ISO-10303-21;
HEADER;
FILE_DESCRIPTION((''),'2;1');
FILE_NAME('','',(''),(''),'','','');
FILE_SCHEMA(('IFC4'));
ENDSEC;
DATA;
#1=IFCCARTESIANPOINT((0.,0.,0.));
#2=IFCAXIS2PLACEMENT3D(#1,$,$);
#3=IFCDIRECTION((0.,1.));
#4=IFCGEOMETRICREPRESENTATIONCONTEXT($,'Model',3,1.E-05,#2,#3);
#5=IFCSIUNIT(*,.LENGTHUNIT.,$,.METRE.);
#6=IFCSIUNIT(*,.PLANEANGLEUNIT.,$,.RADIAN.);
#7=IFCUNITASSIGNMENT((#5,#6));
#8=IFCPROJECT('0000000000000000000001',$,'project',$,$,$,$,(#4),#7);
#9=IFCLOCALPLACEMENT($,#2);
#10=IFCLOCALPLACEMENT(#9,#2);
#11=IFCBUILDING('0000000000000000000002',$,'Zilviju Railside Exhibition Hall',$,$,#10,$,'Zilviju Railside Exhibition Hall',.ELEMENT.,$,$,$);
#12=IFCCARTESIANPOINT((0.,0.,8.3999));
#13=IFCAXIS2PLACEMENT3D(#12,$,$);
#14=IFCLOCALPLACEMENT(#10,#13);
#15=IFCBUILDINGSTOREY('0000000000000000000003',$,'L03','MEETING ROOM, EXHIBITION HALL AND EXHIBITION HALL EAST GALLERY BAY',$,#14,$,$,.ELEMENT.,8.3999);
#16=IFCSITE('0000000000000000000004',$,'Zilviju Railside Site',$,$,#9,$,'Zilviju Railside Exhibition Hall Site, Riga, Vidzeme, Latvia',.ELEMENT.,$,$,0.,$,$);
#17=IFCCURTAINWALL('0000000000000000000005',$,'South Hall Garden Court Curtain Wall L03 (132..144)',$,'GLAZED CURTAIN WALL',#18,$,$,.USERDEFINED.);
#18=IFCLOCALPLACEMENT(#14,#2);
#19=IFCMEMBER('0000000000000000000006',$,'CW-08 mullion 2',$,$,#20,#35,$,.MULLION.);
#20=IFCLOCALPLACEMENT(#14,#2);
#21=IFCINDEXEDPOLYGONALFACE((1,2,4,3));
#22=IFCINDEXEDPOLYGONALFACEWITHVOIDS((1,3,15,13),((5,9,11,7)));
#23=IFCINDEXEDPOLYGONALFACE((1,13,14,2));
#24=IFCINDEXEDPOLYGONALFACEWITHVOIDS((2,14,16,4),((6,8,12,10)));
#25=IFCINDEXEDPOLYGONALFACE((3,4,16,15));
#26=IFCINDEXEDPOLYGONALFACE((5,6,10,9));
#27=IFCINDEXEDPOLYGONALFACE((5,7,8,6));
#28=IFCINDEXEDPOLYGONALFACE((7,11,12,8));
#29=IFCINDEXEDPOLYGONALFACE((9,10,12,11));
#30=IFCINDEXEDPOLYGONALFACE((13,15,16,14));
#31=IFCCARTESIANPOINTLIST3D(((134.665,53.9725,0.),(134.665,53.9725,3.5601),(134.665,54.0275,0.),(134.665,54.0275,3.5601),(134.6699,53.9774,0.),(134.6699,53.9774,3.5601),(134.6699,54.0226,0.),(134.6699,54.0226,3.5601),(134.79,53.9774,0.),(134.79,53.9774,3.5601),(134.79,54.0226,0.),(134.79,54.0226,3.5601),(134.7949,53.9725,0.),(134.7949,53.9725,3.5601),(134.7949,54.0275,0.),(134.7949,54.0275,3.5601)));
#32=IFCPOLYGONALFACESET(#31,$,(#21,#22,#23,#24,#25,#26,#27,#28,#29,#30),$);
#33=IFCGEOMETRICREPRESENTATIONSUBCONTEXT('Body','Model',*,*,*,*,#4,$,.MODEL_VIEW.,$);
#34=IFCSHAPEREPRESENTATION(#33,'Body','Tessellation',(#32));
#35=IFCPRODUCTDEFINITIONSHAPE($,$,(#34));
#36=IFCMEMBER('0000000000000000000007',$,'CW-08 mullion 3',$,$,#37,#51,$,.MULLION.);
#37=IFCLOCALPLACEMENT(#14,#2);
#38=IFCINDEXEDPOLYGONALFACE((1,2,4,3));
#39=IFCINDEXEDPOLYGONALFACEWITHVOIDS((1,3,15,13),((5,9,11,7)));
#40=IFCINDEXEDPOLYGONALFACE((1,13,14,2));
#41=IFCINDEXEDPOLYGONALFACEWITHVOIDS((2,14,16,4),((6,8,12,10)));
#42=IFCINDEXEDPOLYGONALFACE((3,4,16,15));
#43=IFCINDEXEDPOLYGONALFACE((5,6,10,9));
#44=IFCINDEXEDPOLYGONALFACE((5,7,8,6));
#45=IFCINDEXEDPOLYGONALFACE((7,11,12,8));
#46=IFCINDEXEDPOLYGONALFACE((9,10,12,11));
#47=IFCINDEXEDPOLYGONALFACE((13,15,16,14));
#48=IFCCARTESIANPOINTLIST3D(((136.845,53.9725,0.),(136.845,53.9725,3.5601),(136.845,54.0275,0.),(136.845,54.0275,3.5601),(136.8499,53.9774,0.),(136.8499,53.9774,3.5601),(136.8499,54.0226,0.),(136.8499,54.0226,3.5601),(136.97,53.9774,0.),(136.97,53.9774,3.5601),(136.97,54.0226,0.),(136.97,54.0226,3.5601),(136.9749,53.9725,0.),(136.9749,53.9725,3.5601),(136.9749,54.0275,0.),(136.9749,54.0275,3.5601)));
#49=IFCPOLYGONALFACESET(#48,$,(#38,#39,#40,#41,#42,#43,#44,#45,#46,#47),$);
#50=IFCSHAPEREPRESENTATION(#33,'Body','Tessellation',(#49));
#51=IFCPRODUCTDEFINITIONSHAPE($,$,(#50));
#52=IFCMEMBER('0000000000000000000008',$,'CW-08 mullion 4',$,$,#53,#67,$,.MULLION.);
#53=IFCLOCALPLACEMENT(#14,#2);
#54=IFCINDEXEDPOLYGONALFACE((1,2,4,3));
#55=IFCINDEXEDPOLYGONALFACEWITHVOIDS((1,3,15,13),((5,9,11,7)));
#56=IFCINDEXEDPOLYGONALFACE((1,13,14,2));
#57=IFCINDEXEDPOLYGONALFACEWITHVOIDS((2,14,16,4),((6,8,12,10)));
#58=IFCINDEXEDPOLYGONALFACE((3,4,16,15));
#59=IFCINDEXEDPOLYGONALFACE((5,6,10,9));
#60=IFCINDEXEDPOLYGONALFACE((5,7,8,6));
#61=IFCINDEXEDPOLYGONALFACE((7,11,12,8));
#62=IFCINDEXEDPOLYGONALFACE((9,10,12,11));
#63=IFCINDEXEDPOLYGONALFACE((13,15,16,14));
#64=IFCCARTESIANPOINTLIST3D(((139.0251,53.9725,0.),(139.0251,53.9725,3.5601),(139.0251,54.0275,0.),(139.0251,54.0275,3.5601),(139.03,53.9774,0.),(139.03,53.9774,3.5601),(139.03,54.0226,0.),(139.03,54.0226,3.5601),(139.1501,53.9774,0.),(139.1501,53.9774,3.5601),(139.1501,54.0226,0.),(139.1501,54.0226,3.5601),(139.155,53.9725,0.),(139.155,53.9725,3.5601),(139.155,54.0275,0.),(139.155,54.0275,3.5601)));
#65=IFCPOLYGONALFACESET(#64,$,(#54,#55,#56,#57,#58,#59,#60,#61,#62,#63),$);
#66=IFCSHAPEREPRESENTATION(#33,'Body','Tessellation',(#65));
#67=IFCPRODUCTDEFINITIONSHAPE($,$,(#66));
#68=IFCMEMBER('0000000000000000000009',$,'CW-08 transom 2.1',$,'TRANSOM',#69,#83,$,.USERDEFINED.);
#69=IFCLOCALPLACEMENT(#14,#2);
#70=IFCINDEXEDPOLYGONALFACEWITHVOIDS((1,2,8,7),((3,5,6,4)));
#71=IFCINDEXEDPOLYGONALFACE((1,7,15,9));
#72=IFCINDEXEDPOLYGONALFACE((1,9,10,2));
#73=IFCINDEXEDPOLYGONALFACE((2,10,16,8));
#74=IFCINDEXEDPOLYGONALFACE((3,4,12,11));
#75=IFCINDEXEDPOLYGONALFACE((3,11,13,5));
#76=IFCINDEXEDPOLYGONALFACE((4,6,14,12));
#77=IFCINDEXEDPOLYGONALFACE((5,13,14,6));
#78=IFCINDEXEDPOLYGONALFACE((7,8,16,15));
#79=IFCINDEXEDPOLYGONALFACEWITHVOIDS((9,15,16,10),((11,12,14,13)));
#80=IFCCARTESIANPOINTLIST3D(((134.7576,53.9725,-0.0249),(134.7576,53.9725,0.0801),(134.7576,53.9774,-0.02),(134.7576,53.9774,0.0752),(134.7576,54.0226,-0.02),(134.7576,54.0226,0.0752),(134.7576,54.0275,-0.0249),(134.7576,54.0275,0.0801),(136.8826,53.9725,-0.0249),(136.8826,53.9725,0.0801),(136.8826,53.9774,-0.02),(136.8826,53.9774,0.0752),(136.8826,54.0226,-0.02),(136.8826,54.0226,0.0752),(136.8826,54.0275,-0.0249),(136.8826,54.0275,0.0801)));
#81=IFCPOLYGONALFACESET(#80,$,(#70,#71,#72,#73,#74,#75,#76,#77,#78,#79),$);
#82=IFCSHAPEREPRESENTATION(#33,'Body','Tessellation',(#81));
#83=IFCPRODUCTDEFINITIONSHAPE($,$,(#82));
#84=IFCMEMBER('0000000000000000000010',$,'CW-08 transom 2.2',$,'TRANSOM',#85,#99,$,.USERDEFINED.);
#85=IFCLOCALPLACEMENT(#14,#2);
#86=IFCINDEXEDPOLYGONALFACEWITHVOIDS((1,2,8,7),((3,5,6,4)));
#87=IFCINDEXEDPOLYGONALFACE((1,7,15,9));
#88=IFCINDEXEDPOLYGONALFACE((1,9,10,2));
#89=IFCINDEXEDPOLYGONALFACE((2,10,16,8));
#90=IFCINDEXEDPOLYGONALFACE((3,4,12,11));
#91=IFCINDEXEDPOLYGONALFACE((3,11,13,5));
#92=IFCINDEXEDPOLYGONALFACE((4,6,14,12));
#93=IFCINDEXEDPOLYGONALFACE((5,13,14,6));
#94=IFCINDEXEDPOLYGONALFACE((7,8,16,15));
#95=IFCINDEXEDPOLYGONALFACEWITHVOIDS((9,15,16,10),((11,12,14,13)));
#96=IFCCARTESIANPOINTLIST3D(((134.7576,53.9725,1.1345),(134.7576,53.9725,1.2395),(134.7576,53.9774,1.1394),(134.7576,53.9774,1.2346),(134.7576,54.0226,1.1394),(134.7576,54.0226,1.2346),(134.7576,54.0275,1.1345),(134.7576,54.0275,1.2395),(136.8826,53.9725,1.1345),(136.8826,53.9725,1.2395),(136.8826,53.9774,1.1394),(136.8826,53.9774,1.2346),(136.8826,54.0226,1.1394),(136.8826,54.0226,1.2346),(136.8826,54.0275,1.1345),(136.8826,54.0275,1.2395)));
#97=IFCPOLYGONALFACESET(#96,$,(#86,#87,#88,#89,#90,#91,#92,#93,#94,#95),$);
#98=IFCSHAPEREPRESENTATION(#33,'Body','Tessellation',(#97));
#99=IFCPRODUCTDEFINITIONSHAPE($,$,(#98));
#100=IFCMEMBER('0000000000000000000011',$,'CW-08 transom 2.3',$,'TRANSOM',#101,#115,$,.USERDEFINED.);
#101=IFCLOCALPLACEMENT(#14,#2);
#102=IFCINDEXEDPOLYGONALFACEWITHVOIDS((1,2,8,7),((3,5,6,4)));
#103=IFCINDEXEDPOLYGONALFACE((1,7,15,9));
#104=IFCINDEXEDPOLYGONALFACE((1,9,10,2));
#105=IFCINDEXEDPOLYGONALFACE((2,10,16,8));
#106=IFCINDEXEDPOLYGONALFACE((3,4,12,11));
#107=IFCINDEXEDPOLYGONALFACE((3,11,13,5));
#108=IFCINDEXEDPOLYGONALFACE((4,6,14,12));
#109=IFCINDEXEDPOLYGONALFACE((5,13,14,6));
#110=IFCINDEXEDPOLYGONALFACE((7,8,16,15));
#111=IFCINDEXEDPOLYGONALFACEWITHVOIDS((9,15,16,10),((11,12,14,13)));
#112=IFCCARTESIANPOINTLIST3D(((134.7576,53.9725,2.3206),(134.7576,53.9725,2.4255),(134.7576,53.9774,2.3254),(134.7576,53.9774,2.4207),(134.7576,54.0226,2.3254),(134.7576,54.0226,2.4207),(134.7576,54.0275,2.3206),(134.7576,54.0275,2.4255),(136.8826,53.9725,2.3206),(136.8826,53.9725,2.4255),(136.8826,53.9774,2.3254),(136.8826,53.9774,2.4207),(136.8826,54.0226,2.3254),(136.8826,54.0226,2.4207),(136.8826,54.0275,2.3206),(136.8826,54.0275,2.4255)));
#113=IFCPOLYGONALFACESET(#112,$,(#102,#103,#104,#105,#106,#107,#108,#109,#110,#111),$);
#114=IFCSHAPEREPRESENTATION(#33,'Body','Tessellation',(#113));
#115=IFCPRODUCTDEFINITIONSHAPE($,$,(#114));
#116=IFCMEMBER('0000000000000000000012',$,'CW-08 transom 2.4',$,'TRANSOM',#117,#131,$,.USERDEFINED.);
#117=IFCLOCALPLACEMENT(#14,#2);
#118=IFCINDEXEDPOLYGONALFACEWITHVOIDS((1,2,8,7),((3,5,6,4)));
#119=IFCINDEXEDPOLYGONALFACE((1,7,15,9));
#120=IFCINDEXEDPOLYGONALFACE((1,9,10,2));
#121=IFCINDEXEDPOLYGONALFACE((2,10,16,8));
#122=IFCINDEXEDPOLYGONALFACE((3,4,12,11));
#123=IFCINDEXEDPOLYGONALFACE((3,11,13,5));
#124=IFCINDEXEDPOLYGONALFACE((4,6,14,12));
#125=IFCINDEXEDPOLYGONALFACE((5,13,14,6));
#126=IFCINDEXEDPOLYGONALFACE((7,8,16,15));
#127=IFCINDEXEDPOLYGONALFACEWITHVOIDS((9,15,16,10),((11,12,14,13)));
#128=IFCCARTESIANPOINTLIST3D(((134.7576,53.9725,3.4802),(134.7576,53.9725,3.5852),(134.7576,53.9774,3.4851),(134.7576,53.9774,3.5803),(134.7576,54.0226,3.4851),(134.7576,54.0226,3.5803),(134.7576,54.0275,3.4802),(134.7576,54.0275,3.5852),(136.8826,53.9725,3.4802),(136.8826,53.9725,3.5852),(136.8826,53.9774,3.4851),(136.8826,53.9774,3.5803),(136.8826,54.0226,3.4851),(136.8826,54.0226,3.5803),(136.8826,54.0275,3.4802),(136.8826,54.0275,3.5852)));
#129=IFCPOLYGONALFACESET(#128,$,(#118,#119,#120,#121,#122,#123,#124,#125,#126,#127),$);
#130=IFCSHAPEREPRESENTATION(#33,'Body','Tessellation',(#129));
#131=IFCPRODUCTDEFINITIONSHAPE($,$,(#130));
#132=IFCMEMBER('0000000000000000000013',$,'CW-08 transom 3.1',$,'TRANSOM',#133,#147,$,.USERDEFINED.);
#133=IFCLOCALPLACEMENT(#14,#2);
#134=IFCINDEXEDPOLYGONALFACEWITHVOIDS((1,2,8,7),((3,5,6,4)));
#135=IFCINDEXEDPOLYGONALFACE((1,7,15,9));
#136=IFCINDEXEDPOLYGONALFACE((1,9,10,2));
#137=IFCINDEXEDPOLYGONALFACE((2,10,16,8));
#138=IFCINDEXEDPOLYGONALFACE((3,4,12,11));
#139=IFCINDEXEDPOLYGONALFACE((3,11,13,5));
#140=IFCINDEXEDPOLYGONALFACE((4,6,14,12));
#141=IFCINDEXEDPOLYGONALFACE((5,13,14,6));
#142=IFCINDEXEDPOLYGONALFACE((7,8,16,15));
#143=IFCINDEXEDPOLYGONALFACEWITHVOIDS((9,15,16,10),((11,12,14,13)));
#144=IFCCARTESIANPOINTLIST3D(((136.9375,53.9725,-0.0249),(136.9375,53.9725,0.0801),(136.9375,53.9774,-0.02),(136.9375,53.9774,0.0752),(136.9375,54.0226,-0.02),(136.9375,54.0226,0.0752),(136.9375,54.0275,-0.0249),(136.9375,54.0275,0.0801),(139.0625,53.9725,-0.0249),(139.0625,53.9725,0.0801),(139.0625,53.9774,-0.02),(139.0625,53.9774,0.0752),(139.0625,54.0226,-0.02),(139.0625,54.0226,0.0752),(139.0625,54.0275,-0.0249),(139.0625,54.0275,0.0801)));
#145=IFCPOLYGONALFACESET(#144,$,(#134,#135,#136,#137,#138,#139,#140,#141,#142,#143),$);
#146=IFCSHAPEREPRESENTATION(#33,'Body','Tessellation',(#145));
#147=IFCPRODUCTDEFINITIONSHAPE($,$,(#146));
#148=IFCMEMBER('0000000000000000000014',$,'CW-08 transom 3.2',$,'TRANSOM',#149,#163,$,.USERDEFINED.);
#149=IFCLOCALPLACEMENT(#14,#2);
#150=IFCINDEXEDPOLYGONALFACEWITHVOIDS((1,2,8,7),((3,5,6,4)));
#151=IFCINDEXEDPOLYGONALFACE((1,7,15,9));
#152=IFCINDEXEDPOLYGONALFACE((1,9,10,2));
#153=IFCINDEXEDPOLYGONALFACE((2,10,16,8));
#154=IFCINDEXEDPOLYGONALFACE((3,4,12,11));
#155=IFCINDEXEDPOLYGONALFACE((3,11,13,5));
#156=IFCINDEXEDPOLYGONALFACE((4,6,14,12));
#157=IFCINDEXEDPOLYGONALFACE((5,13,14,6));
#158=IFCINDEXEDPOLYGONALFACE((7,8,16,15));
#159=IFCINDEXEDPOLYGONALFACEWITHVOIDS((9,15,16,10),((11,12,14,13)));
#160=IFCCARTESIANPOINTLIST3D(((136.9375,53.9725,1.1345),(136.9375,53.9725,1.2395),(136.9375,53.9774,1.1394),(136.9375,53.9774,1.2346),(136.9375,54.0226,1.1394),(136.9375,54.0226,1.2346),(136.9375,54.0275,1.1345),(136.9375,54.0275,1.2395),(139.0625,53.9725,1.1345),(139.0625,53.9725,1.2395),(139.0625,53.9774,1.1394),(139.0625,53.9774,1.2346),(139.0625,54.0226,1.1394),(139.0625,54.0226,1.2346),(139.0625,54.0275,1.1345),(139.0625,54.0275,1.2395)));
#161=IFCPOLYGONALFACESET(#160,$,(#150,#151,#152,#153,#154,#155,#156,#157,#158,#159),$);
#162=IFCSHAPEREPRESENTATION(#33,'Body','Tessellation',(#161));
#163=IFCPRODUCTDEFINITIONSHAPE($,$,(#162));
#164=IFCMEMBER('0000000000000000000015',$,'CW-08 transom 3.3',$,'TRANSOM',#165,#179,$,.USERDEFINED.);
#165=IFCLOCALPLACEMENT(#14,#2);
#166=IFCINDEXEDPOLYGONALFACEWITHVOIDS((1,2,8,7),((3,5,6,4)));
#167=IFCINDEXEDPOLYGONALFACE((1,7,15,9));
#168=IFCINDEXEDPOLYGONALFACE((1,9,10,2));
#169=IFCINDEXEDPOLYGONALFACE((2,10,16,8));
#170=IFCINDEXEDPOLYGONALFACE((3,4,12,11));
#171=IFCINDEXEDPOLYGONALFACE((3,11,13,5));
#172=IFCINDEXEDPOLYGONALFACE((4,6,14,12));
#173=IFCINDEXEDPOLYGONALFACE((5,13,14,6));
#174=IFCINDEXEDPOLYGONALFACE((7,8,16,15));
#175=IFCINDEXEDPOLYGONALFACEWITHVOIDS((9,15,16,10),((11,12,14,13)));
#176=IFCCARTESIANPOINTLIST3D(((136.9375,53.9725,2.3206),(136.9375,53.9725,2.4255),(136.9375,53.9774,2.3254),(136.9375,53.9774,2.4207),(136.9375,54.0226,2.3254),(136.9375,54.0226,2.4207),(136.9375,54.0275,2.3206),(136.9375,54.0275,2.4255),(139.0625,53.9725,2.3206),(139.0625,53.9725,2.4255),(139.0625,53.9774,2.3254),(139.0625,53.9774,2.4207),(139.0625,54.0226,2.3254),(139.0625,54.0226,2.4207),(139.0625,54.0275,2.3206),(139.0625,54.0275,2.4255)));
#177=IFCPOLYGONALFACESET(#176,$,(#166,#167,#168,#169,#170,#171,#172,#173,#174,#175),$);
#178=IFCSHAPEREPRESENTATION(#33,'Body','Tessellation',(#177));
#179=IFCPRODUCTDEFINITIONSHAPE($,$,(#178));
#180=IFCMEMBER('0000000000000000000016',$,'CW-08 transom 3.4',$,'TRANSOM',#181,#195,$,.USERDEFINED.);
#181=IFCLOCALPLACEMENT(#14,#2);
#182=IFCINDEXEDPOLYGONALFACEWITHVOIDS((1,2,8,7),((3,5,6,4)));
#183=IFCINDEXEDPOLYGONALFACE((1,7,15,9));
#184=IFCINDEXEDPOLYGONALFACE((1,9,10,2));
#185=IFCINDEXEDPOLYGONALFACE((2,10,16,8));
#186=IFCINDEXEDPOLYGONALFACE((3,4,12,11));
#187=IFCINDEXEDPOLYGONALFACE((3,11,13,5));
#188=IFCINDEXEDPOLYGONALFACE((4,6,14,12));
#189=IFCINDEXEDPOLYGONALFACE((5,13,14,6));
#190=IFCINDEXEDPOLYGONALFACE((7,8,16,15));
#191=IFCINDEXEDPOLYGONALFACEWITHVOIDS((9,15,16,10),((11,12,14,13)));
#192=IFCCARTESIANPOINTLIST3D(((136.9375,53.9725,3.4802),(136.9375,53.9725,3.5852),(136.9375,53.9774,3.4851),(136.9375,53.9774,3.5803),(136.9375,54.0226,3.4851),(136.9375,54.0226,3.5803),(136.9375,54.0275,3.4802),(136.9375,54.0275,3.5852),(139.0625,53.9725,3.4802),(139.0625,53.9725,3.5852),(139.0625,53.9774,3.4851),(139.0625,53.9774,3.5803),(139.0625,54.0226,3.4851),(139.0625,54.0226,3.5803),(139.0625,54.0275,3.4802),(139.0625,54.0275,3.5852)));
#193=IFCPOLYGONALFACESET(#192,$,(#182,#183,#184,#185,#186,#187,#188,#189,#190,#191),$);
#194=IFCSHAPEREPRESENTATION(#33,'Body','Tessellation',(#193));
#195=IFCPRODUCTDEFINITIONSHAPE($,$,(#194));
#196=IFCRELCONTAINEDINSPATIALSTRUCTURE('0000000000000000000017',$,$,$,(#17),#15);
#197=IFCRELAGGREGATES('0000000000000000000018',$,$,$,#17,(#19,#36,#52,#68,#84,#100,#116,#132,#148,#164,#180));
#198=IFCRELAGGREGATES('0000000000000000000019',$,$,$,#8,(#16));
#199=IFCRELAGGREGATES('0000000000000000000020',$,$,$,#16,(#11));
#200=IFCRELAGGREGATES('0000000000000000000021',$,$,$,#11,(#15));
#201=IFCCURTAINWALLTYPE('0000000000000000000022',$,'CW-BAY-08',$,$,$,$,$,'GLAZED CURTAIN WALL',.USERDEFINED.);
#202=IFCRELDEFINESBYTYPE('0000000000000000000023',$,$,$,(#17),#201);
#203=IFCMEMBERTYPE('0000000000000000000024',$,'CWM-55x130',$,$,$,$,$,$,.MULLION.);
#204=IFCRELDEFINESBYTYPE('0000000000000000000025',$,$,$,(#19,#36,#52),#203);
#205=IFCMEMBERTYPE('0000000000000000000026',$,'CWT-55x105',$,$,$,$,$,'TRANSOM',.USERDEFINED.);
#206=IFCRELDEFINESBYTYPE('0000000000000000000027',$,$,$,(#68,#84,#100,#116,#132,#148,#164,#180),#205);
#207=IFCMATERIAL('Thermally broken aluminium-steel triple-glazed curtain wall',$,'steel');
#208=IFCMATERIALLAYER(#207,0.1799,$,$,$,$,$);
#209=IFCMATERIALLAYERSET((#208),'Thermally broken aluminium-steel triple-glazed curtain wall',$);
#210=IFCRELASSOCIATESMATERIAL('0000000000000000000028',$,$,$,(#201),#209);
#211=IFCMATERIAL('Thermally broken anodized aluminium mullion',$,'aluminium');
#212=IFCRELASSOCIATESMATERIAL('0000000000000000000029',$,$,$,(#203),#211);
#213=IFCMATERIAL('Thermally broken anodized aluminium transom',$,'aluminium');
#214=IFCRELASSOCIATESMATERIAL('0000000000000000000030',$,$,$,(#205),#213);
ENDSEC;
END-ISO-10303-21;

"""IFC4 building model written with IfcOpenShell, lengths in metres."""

from ifc_helpers import new_model, si_unit, direction, frame, origin, origin_2d, place, context, subcontext, project, spatial, hollow_rectangle, extrude, material, layer, layer_set, material_profile, profile_set, type_object, element, aggregate, save


model = new_model("IFC4")

# Units and contexts
model_context = context("Model", 3, precision=1e-05, world=origin(), true_north=direction((0.0, 1.0)))
body_context = subcontext(model_context, "Body", "Model", "MODEL_VIEW")
ifc_project = project(units=[si_unit("LENGTHUNIT", "METRE"), si_unit("PLANEANGLEUNIT", "RADIAN")], contexts=[model_context])

# Site, building, storey
site_placement = place(None, origin())
site = spatial("IfcSite", under=ifc_project, at=site_placement, Name="Zilviju Railside Site", LongName="Zilviju Railside Exhibition Hall Site, Riga, Vidzeme, Latvia", CompositionType="ELEMENT", RefElevation=0.0)
building_placement = place(site_placement, origin())
building = spatial("IfcBuilding", under=site, at=building_placement, Name="Zilviju Railside Exhibition Hall", LongName="Zilviju Railside Exhibition Hall", CompositionType="ELEMENT")
storey_placement = place(building_placement, frame((0.0, 0.0, 8.3999)))
storey = spatial("IfcBuildingStorey", under=building, at=storey_placement, Name="L03", Description="MEETING ROOM, EXHIBITION HALL AND EXHIBITION HALL EAST GALLERY BAY", CompositionType="ELEMENT", Elevation=8.3999)

# Curtain wall, members
ifc_material_1 = material(Name="Thermally broken aluminium-steel triple-glazed curtain wall", Category="steel")
ifc_layer_1 = layer(ifc_material_1, 0.1799)
ifc_layer_set_1 = layer_set([ifc_layer_1], Name="Thermally broken aluminium-steel triple-glazed curtain wall")
curtain_wall_type = type_object("IfcCurtainWallType", Name="CW-BAY-08", ElementType="GLAZED CURTAIN WALL", PredefinedType="USERDEFINED", material=ifc_layer_set_1)
curtain_wall_placement = place(storey_placement, origin())
curtain_wall = element("IfcCurtainWall", 1, at=curtain_wall_placement, inside=storey, type_object=curtain_wall_type, Name="South Hall Garden Court Curtain Wall L03 (132..144)", ObjectType="GLAZED CURTAIN WALL", PredefinedType="USERDEFINED")
ifc_material_2 = material(Name="Thermally broken anodized aluminium mullion", Category="aluminium")
ifc_material_profile_1 = material_profile(ifc_material_2, hollow_rectangle(XDim=0.0549, YDim=0.1299, WallThickness=0.0049, at=origin_2d()), Name="MULLION 130x55x5")
ifc_profile_set_1 = profile_set([ifc_material_profile_1], Name="Thermally broken anodized aluminium mullion")
member_type_1 = type_object("IfcMemberType", Name="CWM-55x130", PredefinedType="MULLION", material=ifc_profile_set_1)
member_1_placement = place(storey_placement, frame((134.73, 54.0, 0.0), z_axis=(0.0, 0.0, 1.0), x_axis=(0.0, 1.0, 0.0)))
member_1 = element("IfcMember", 2, at=member_1_placement, type_object=member_type_1, Name="CW-08 mullion 2", PredefinedType="MULLION", context=body_context, shape_type="SweptSolid", body=[
    extrude(hollow_rectangle(XDim=0.0549, YDim=0.1299, WallThickness=0.0049, at=origin_2d()), origin(), (0.0, 0.0, 1.0), 3.5601),
])
member_2_placement = place(storey_placement, frame((136.9099, 54.0, 0.0), z_axis=(0.0, 0.0, 1.0), x_axis=(0.0, 1.0, 0.0)))
member_2 = element("IfcMember", 3, at=member_2_placement, type_object=member_type_1, Name="CW-08 mullion 3", PredefinedType="MULLION", context=body_context, shape_type="SweptSolid", body=[
    extrude(hollow_rectangle(XDim=0.0549, YDim=0.1299, WallThickness=0.0049, at=origin_2d()), origin(), (0.0, 0.0, 1.0), 3.5601),
])
member_3_placement = place(storey_placement, frame((139.0901, 54.0, 0.0), z_axis=(0.0, 0.0, 1.0), x_axis=(0.0, 1.0, 0.0)))
member_3 = element("IfcMember", 4, at=member_3_placement, type_object=member_type_1, Name="CW-08 mullion 4", PredefinedType="MULLION", context=body_context, shape_type="SweptSolid", body=[
    extrude(hollow_rectangle(XDim=0.0549, YDim=0.1299, WallThickness=0.0049, at=origin_2d()), origin(), (0.0, 0.0, 1.0), 3.5601),
])
ifc_material_3 = material(Name="Thermally broken anodized aluminium transom", Category="aluminium")
ifc_material_profile_2 = material_profile(ifc_material_3, hollow_rectangle(XDim=0.0549, YDim=0.105, WallThickness=0.0049, at=origin_2d()), Name="TRANSOM 105x55x5")
ifc_profile_set_2 = profile_set([ifc_material_profile_2], Name="Thermally broken anodized aluminium transom")
member_type_2 = type_object("IfcMemberType", Name="CWT-55x105", ElementType="TRANSOM", PredefinedType="USERDEFINED", material=ifc_profile_set_2)
member_4_placement = place(storey_placement, frame((134.7576, 54.0, 0.0276), z_axis=(1.0, 0.0, 0.0), x_axis=(0.0, 1.0, 0.0)))
member_4 = element("IfcMember", 5, at=member_4_placement, type_object=member_type_2, Name="CW-08 transom 2.1", ObjectType="TRANSOM", PredefinedType="USERDEFINED", context=body_context, shape_type="SweptSolid", body=[
    extrude(hollow_rectangle(XDim=0.0549, YDim=0.105, WallThickness=0.0049, at=origin_2d()), origin(), (0.0, 0.0, 1.0), 2.125),
])
member_5_placement = place(storey_placement, frame((134.7576, 54.0, 1.187), z_axis=(1.0, 0.0, 0.0), x_axis=(0.0, 1.0, 0.0)))
member_5 = element("IfcMember", 6, at=member_5_placement, type_object=member_type_2, Name="CW-08 transom 2.2", ObjectType="TRANSOM", PredefinedType="USERDEFINED", context=body_context, shape_type="SweptSolid", body=[
    extrude(hollow_rectangle(XDim=0.0549, YDim=0.105, WallThickness=0.0049, at=origin_2d()), origin(), (0.0, 0.0, 1.0), 2.125),
])
member_6_placement = place(storey_placement, frame((134.7576, 54.0, 2.373), z_axis=(1.0, 0.0, 0.0), x_axis=(0.0, 1.0, 0.0)))
member_6 = element("IfcMember", 7, at=member_6_placement, type_object=member_type_2, Name="CW-08 transom 2.3", ObjectType="TRANSOM", PredefinedType="USERDEFINED", context=body_context, shape_type="SweptSolid", body=[
    extrude(hollow_rectangle(XDim=0.0549, YDim=0.105, WallThickness=0.0049, at=origin_2d()), origin(), (0.0, 0.0, 1.0), 2.125),
])
member_7_placement = place(storey_placement, frame((134.7576, 54.0, 3.5327), z_axis=(1.0, 0.0, 0.0), x_axis=(0.0, 1.0, 0.0)))
member_7 = element("IfcMember", 8, at=member_7_placement, type_object=member_type_2, Name="CW-08 transom 2.4", ObjectType="TRANSOM", PredefinedType="USERDEFINED", context=body_context, shape_type="SweptSolid", body=[
    extrude(hollow_rectangle(XDim=0.0549, YDim=0.105, WallThickness=0.0049, at=origin_2d()), origin(), (0.0, 0.0, 1.0), 2.125),
])
member_8_placement = place(storey_placement, frame((136.9375, 54.0, 0.0276), z_axis=(1.0, 0.0, 0.0), x_axis=(0.0, 1.0, 0.0)))
member_8 = element("IfcMember", 9, at=member_8_placement, type_object=member_type_2, Name="CW-08 transom 3.1", ObjectType="TRANSOM", PredefinedType="USERDEFINED", context=body_context, shape_type="SweptSolid", body=[
    extrude(hollow_rectangle(XDim=0.0549, YDim=0.105, WallThickness=0.0049, at=origin_2d()), origin(), (0.0, 0.0, 1.0), 2.125),
])
member_9_placement = place(storey_placement, frame((136.9375, 54.0, 1.187), z_axis=(1.0, 0.0, 0.0), x_axis=(0.0, 1.0, 0.0)))
member_9 = element("IfcMember", 10, at=member_9_placement, type_object=member_type_2, Name="CW-08 transom 3.2", ObjectType="TRANSOM", PredefinedType="USERDEFINED", context=body_context, shape_type="SweptSolid", body=[
    extrude(hollow_rectangle(XDim=0.0549, YDim=0.105, WallThickness=0.0049, at=origin_2d()), origin(), (0.0, 0.0, 1.0), 2.125),
])
member_10_placement = place(storey_placement, frame((136.9375, 54.0, 2.373), z_axis=(1.0, 0.0, 0.0), x_axis=(0.0, 1.0, 0.0)))
member_10 = element("IfcMember", 11, at=member_10_placement, type_object=member_type_2, Name="CW-08 transom 3.3", ObjectType="TRANSOM", PredefinedType="USERDEFINED", context=body_context, shape_type="SweptSolid", body=[
    extrude(hollow_rectangle(XDim=0.0549, YDim=0.105, WallThickness=0.0049, at=origin_2d()), origin(), (0.0, 0.0, 1.0), 2.125),
])
member_11_placement = place(storey_placement, frame((136.9375, 54.0, 3.5327), z_axis=(1.0, 0.0, 0.0), x_axis=(0.0, 1.0, 0.0)))
member_11 = element("IfcMember", 12, at=member_11_placement, type_object=member_type_2, Name="CW-08 transom 3.4", ObjectType="TRANSOM", PredefinedType="USERDEFINED", context=body_context, shape_type="SweptSolid", body=[
    extrude(hollow_rectangle(XDim=0.0549, YDim=0.105, WallThickness=0.0049, at=origin_2d()), origin(), (0.0, 0.0, 1.0), 2.125),
])
aggregate(curtain_wall, [member_1, member_2, member_3, member_4, member_5, member_6, member_7, member_8, member_9, member_10, member_11])

save(model, "model.ifc")
